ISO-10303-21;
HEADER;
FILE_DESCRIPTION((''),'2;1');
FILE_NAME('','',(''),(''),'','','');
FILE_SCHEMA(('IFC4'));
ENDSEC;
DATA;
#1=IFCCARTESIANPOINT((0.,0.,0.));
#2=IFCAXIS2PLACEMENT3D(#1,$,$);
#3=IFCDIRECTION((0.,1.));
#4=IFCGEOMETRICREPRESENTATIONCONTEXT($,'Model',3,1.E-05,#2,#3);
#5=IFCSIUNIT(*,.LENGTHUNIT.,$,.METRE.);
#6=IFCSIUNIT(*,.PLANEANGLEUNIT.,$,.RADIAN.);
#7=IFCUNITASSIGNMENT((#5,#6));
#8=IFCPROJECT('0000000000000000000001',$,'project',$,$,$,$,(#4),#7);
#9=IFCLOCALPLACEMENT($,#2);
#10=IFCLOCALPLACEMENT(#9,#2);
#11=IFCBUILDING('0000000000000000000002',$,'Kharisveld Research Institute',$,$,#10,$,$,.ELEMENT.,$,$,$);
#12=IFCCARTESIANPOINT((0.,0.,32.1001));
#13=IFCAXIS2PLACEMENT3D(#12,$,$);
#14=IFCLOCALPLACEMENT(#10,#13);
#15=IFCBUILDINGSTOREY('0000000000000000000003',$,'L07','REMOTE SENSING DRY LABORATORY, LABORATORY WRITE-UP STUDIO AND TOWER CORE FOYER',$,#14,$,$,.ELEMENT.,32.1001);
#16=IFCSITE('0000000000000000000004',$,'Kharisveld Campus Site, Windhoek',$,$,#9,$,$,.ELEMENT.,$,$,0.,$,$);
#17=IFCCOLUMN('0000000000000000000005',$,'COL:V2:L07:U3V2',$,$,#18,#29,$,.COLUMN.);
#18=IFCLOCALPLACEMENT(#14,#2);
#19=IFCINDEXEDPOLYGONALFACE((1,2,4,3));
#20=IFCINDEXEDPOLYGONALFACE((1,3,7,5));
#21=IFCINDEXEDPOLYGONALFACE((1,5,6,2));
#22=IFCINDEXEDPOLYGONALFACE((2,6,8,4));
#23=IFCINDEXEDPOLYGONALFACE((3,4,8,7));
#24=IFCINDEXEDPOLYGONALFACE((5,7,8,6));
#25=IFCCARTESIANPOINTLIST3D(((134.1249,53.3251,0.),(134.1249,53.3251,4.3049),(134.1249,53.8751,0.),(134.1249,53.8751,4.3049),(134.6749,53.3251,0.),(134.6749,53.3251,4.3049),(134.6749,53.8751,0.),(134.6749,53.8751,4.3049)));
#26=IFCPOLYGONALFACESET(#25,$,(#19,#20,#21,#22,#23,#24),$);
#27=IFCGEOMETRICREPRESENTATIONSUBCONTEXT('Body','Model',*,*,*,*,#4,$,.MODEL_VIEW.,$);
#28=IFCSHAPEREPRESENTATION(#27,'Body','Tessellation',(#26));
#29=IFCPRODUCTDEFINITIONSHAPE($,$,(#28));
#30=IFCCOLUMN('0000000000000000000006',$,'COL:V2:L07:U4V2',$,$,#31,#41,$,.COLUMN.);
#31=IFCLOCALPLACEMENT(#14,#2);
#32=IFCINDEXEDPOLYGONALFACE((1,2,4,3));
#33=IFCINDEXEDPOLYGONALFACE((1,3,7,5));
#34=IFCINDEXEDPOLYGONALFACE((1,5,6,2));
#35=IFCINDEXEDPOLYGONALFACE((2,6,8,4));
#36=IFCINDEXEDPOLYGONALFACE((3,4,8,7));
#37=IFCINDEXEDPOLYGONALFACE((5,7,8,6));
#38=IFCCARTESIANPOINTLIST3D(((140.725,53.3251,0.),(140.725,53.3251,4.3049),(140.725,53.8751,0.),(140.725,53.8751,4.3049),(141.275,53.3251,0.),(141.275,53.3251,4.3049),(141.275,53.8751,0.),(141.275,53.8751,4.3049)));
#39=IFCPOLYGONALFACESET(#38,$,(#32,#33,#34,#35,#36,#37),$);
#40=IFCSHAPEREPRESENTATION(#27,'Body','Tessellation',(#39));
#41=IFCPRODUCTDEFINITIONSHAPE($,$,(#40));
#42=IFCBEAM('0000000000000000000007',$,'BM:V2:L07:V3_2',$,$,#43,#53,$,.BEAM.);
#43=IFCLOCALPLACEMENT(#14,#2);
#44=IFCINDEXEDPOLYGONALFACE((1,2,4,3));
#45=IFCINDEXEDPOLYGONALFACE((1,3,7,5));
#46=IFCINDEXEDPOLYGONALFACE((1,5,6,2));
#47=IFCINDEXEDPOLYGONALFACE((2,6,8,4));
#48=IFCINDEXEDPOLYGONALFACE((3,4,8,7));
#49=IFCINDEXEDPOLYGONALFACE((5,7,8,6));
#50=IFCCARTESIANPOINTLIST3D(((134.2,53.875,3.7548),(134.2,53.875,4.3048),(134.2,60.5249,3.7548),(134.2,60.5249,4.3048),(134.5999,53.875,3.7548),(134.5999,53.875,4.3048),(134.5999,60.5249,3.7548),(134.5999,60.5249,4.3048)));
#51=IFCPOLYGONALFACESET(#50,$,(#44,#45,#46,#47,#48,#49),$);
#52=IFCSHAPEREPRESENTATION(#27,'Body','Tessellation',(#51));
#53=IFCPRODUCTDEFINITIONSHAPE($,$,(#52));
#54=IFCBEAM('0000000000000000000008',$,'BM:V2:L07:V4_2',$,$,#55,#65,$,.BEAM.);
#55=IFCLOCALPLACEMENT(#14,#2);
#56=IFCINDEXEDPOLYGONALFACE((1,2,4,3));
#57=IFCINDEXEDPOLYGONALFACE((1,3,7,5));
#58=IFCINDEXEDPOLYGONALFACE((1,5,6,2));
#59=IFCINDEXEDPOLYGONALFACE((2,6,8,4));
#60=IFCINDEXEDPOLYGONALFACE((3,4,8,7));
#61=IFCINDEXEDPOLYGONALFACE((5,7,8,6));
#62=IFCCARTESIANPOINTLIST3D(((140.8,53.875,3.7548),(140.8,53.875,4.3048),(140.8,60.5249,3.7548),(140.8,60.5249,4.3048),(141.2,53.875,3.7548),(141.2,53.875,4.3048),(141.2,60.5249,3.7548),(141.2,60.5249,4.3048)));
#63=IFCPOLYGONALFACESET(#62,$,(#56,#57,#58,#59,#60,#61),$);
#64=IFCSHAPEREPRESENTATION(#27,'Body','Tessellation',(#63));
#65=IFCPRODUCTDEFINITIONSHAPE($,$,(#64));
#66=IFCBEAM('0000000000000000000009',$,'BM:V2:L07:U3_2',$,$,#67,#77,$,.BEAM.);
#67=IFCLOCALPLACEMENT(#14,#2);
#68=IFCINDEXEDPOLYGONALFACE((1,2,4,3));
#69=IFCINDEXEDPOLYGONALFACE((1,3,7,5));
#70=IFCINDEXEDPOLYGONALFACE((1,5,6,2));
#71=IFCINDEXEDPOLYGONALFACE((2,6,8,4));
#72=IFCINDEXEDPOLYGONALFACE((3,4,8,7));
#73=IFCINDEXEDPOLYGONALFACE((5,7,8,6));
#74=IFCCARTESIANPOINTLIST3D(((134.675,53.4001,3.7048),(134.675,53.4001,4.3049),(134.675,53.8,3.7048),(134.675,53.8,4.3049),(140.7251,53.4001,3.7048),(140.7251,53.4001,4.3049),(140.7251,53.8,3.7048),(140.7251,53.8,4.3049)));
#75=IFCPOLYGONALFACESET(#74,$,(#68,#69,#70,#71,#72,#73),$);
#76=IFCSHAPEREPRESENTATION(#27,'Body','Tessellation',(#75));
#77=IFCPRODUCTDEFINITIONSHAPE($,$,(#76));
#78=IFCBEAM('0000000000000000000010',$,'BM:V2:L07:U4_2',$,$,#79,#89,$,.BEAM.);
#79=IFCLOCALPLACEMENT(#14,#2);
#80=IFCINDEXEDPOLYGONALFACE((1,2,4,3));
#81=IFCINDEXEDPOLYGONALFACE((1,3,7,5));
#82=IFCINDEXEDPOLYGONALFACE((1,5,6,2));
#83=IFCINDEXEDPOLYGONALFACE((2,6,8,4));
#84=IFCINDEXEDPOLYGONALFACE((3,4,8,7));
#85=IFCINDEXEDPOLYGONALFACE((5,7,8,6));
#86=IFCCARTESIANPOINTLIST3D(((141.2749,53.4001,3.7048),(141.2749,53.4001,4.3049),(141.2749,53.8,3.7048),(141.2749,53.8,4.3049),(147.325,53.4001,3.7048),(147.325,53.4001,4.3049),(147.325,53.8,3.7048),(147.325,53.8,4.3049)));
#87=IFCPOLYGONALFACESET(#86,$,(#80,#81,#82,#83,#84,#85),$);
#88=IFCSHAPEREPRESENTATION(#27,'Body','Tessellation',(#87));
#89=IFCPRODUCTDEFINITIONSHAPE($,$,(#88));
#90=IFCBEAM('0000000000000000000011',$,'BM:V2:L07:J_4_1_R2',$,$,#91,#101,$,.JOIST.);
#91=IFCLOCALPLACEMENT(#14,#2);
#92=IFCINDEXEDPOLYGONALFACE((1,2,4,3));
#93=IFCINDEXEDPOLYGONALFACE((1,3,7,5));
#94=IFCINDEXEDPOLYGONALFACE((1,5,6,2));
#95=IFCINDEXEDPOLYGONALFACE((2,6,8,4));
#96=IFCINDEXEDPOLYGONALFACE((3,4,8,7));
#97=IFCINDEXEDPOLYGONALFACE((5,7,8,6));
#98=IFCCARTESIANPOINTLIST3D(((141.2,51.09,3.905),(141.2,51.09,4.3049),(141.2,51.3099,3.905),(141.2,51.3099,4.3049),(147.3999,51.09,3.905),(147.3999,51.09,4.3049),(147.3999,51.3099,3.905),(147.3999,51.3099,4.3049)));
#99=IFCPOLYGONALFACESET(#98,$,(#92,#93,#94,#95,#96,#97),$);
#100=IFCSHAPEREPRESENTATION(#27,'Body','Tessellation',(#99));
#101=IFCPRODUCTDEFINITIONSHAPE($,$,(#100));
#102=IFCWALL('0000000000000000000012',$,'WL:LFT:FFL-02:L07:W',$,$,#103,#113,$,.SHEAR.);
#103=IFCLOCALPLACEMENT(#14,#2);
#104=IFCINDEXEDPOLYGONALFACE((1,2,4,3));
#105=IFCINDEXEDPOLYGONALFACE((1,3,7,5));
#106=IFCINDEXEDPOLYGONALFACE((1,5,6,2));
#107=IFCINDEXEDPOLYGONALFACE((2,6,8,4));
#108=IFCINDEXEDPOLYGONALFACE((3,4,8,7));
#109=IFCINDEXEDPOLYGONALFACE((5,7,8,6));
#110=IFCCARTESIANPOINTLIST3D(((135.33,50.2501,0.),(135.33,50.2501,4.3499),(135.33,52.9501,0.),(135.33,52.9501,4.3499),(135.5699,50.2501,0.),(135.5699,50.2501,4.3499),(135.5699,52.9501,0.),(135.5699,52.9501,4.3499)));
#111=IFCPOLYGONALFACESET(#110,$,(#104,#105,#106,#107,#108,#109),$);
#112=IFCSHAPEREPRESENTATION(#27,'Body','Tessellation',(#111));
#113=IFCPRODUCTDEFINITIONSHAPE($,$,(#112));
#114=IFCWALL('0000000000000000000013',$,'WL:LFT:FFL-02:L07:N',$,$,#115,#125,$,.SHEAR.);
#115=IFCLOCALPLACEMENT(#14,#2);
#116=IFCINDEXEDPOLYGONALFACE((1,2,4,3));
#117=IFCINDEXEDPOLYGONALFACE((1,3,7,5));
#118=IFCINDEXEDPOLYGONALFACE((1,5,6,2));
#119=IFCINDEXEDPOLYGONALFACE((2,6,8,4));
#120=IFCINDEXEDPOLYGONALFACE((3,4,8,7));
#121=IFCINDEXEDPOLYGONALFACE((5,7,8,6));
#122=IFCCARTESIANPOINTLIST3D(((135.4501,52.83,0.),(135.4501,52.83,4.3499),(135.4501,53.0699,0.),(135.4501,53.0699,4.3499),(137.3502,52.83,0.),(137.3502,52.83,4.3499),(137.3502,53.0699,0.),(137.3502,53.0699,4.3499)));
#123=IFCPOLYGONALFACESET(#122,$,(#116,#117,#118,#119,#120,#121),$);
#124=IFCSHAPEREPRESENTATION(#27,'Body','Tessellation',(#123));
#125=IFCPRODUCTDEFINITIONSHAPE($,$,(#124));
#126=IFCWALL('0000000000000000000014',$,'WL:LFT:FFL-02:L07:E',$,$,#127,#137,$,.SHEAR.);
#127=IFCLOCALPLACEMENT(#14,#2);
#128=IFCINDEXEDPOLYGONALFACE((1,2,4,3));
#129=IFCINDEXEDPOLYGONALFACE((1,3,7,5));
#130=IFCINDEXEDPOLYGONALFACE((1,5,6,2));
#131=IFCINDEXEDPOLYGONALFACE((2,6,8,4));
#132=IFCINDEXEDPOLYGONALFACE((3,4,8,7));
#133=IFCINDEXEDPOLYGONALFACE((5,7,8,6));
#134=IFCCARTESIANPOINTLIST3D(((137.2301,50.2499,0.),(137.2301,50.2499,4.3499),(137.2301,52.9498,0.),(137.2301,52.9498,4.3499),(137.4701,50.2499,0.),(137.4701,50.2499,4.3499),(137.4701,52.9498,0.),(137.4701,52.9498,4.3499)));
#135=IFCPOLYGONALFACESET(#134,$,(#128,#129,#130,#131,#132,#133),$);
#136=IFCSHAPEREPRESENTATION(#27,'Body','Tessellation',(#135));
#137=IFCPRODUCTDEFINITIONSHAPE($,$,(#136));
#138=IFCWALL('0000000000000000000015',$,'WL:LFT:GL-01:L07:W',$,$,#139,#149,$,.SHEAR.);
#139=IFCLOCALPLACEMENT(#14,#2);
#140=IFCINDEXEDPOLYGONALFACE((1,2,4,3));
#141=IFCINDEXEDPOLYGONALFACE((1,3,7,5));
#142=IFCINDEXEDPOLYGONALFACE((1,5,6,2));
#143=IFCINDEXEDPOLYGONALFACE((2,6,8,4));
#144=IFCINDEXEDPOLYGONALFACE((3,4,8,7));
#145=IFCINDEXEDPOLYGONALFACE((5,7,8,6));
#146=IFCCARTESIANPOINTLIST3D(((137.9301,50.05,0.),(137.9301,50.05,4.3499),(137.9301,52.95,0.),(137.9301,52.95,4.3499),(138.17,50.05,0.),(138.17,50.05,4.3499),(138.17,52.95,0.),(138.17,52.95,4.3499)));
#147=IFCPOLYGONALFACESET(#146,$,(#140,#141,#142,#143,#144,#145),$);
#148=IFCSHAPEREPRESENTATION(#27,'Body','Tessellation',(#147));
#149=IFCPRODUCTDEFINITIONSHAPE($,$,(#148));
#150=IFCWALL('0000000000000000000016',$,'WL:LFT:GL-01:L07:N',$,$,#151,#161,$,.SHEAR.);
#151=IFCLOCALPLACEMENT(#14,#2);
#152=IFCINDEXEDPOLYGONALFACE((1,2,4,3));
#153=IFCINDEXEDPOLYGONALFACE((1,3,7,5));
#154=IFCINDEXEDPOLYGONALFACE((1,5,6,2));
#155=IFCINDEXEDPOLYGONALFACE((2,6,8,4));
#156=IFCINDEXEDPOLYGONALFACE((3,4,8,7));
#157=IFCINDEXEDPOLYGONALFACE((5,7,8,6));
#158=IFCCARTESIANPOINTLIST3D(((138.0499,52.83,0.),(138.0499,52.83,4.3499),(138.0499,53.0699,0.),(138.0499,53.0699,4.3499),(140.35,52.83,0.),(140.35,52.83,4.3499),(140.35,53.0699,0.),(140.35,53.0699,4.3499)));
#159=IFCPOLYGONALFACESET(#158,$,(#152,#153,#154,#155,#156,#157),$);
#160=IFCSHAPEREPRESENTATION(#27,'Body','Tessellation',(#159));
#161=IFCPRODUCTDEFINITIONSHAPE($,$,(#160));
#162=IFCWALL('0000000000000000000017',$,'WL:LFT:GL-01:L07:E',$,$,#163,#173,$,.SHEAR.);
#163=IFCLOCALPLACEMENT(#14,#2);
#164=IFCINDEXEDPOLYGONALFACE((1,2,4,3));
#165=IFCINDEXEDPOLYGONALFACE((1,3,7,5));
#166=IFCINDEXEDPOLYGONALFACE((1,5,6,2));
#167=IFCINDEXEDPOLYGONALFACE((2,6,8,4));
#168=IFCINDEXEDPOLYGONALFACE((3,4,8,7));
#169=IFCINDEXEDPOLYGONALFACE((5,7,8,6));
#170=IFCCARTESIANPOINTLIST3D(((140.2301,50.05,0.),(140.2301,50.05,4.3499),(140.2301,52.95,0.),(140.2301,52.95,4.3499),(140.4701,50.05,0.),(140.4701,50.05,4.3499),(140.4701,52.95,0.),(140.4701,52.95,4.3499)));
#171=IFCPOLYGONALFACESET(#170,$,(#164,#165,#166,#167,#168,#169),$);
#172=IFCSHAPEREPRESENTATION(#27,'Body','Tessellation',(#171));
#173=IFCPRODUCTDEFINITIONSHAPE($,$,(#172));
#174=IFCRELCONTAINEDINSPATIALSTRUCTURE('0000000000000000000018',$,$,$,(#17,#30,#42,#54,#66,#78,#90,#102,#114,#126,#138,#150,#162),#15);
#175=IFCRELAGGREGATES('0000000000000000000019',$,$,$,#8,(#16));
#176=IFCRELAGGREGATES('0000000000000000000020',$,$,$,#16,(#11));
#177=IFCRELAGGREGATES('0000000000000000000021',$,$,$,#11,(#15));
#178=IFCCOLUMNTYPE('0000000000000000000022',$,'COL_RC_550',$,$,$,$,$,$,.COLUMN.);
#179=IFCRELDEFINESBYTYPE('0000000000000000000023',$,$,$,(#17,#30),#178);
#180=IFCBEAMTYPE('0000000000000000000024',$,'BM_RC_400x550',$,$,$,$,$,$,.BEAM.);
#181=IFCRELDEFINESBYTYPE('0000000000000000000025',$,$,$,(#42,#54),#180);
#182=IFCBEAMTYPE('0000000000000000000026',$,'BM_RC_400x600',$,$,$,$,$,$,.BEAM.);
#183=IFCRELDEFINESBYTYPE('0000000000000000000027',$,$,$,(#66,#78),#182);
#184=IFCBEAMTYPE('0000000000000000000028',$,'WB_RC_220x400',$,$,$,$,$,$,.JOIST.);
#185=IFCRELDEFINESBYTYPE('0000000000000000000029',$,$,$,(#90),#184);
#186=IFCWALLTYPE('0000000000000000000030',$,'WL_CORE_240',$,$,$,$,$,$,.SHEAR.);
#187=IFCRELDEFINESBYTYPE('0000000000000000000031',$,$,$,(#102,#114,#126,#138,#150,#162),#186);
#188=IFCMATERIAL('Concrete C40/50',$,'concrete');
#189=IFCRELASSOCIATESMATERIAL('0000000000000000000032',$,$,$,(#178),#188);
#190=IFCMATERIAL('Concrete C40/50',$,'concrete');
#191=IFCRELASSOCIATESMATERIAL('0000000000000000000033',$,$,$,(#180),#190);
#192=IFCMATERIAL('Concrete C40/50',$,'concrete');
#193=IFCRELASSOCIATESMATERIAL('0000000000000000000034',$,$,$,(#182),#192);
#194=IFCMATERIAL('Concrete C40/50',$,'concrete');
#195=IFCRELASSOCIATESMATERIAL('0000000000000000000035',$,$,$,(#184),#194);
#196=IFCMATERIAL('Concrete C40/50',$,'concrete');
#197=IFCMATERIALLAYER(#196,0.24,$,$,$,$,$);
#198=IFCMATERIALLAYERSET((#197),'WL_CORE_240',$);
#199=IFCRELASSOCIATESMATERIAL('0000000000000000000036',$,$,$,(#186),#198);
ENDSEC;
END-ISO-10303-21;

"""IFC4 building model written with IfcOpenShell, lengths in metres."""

from ifc_helpers import new_model, si_unit, direction, frame, frame_2d, origin, origin_2d, place, context, subcontext, project, spatial, rectangle, extrude, material, layer, layer_set, material_profile, profile_set, type_object, element, save


model = new_model("IFC4")

# Units and contexts
model_context = context("Model", 3, precision=1e-05, world=origin(), true_north=direction((0.0, 1.0)))
body_context = subcontext(model_context, "Body", "Model", "MODEL_VIEW")
ifc_project = project(units=[si_unit("LENGTHUNIT", "METRE"), si_unit("PLANEANGLEUNIT", "RADIAN")], contexts=[model_context])

# Site, building, storey
site_placement = place(None, origin())
site = spatial("IfcSite", under=ifc_project, at=site_placement, Name="Kharisveld Campus Site, Windhoek", CompositionType="ELEMENT", RefElevation=0.0)
building_placement = place(site_placement, origin())
building = spatial("IfcBuilding", under=site, at=building_placement, Name="Kharisveld Research Institute", CompositionType="ELEMENT")
storey_placement = place(building_placement, frame((0.0, 0.0, 32.1001)))
storey = spatial("IfcBuildingStorey", under=building, at=storey_placement, Name="L07", Description="REMOTE SENSING DRY LABORATORY, LABORATORY WRITE-UP STUDIO AND TOWER CORE FOYER", CompositionType="ELEMENT", Elevation=32.1001)

# Columns
ifc_material_1 = material(Name="Concrete C40/50", Category="concrete")
ifc_material_profile_1 = material_profile(ifc_material_1, rectangle(XDim=0.55, YDim=0.55, at=origin_2d()))
ifc_profile_set_1 = profile_set([ifc_material_profile_1], Name="Concrete C40/50")
column_type = type_object("IfcColumnType", Name="COL_RC_550", PredefinedType="COLUMN", material=ifc_profile_set_1)
for number, where, z_axis, x_axis, name in (
    (1, (134.3999, 53.6001, 0.0), (0.0, 0.0, 1.0), (1.0, 0.0, 0.0), "COL:V2:L07:U3V2"),
    (2, (141.0, 53.6001, 0.0), (0.0, 0.0, 1.0), (1.0, 0.0, 0.0), "COL:V2:L07:U4V2"),
):
    element("IfcColumn", number, at=place(storey_placement, frame(where, z_axis=z_axis, x_axis=x_axis)), inside=storey, type_object=column_type, Name=name, PredefinedType="COLUMN", context=body_context, shape_type="SweptSolid", body=[
        extrude(rectangle(XDim=0.55, YDim=0.55, at=origin_2d()), origin(), (0.0, 0.0, 1.0), 4.3049),
    ])

# Beams
ifc_material_2 = material(Name="Concrete C40/50", Category="concrete")
ifc_material_profile_2 = material_profile(ifc_material_2, rectangle(XDim=0.3999, YDim=0.55, at=origin_2d()))
ifc_profile_set_2 = profile_set([ifc_material_profile_2], Name="Concrete C40/50")
beam_type_1 = type_object("IfcBeamType", Name="BM_RC_400x550", PredefinedType="BEAM", material=ifc_profile_set_2)
for number, where, z_axis, x_axis, name in (
    (3, (134.3999, 53.875, 4.0298), (0.0, 1.0, 0.0), (-1.0, 0.0, 0.0), "BM:V2:L07:V3_2"),
    (4, (141.0, 53.875, 4.0298), (0.0, 1.0, 0.0), (-1.0, 0.0, 0.0), "BM:V2:L07:V4_2"),
):
    element("IfcBeam", number, at=place(storey_placement, frame(where, z_axis=z_axis, x_axis=x_axis)), inside=storey, type_object=beam_type_1, Name=name, PredefinedType="BEAM", context=body_context, shape_type="SweptSolid", body=[
        extrude(rectangle(XDim=0.3999, YDim=0.55, at=origin_2d()), origin(), (0.0, 0.0, 1.0), 6.6499),
    ])
ifc_material_3 = material(Name="Concrete C40/50", Category="concrete")
ifc_material_profile_3 = material_profile(ifc_material_3, rectangle(XDim=0.3999, YDim=0.6001, at=origin_2d()))
ifc_profile_set_3 = profile_set([ifc_material_profile_3], Name="Concrete C40/50")
beam_type_2 = type_object("IfcBeamType", Name="BM_RC_400x600", PredefinedType="BEAM", material=ifc_profile_set_3)
for number, where, z_axis, x_axis, name in (
    (5, (134.675, 53.6001, 4.0049), (1.0, 0.0, 0.0), (0.0, 1.0, 0.0), "BM:V2:L07:U3_2"),
    (6, (141.2749, 53.6001, 4.0049), (1.0, 0.0, 0.0), (0.0, 1.0, 0.0), "BM:V2:L07:U4_2"),
):
    element("IfcBeam", number, at=place(storey_placement, frame(where, z_axis=z_axis, x_axis=x_axis)), inside=storey, type_object=beam_type_2, Name=name, PredefinedType="BEAM", context=body_context, shape_type="SweptSolid", body=[
        extrude(rectangle(XDim=0.3999, YDim=0.6001, at=origin_2d()), origin(), (0.0, 0.0, 1.0), 6.05),
    ])
ifc_material_4 = material(Name="Concrete C40/50", Category="concrete")
ifc_material_profile_4 = material_profile(ifc_material_4, rectangle(XDim=0.22, YDim=0.3999, at=origin_2d()))
ifc_profile_set_4 = profile_set([ifc_material_profile_4], Name="Concrete C40/50")
beam_type_3 = type_object("IfcBeamType", Name="WB_RC_220x400", PredefinedType="JOIST", material=ifc_profile_set_4)
beam_placement = place(storey_placement, frame((141.2, 51.2, 4.105), z_axis=(1.0, 0.0, 0.0), x_axis=(0.0, 1.0, 0.0)))
element("IfcBeam", 7, at=beam_placement, inside=storey, type_object=beam_type_3, Name="BM:V2:L07:J_4_1_R2", PredefinedType="JOIST", context=body_context, shape_type="SweptSolid", body=[
    extrude(rectangle(XDim=0.22, YDim=0.3999, at=origin_2d()), origin(), (0.0, 0.0, 1.0), 6.2),
])

# Walls
ifc_material_5 = material(Name="Concrete C40/50", Category="concrete")
ifc_layer_1 = layer(ifc_material_5, 0.24)
ifc_layer_set_1 = layer_set([ifc_layer_1], Name="WL_CORE_240")
wall_type_1 = type_object("IfcWallType", Name="WL_CORE_240", PredefinedType="SHEAR", material=ifc_layer_set_1)
wall_1_placement = place(storey_placement, frame((135.45, 50.25, 0.0), z_axis=(0.0, 0.0, 1.0), x_axis=(0.0, 1.0, 0.0)))
element("IfcWall", 8, at=wall_1_placement, inside=storey, type_object=wall_type_1, Name="WL:LFT:FFL-02:L07:W", PredefinedType="SHEAR", context=body_context, shape_type="SweptSolid", body=[
    extrude(rectangle(XDim=2.7, YDim=0.24, at=frame_2d((1.3501, 0.0))), origin(), (0.0, 0.0, 1.0), 4.3499),
])
wall_2_placement = place(storey_placement, frame((135.45, 52.95, 0.0), z_axis=(0.0, 0.0, 1.0), x_axis=(1.0, 0.0, 0.0)))
element("IfcWall", 9, at=wall_2_placement, inside=storey, type_object=wall_type_1, Name="WL:LFT:FFL-02:L07:N", PredefinedType="SHEAR", context=body_context, shape_type="SweptSolid", body=[
    extrude(rectangle(XDim=1.9001, YDim=0.24, at=frame_2d((0.9502, 0.0))), origin(), (0.0, 0.0, 1.0), 4.3499),
])
wall_3_placement = place(storey_placement, frame((137.3501, 52.95, 0.0), z_axis=(0.0, 0.0, 1.0), x_axis=(0.0, -1.0, 0.0)))
element("IfcWall", 10, at=wall_3_placement, inside=storey, type_object=wall_type_1, Name="WL:LFT:FFL-02:L07:E", PredefinedType="SHEAR", context=body_context, shape_type="SweptSolid", body=[
    extrude(rectangle(XDim=2.7, YDim=0.24, at=frame_2d((1.3501, 0.0))), origin(), (0.0, 0.0, 1.0), 4.3499),
])

# Walls
wall_4_placement = place(storey_placement, frame((138.05, 50.05, 0.0), z_axis=(0.0, 0.0, 1.0), x_axis=(0.0, 1.0, 0.0)))
element("IfcWall", 11, at=wall_4_placement, inside=storey, type_object=wall_type_1, Name="WL:LFT:GL-01:L07:W", PredefinedType="SHEAR", context=body_context, shape_type="SweptSolid", body=[
    extrude(rectangle(XDim=2.8999, YDim=0.24, at=frame_2d((1.45, 0.0))), origin(), (0.0, 0.0, 1.0), 4.3499),
])
wall_5_placement = place(storey_placement, frame((138.05, 52.95, 0.0), z_axis=(0.0, 0.0, 1.0), x_axis=(1.0, 0.0, 0.0)))
element("IfcWall", 12, at=wall_5_placement, inside=storey, type_object=wall_type_1, Name="WL:LFT:GL-01:L07:N", PredefinedType="SHEAR", context=body_context, shape_type="SweptSolid", body=[
    extrude(rectangle(XDim=2.3, YDim=0.24, at=frame_2d((1.1499, 0.0))), origin(), (0.0, 0.0, 1.0), 4.3499),
])
wall_6_placement = place(storey_placement, frame((140.3501, 52.95, 0.0), z_axis=(0.0, 0.0, 1.0), x_axis=(0.0, -1.0, 0.0)))
element("IfcWall", 13, at=wall_6_placement, inside=storey, type_object=wall_type_1, Name="WL:LFT:GL-01:L07:E", PredefinedType="SHEAR", context=body_context, shape_type="SweptSolid", body=[
    extrude(rectangle(XDim=2.8999, YDim=0.24, at=frame_2d((1.45, 0.0))), origin(), (0.0, 0.0, 1.0), 4.3499),
])

save(model, "model.ifc")
